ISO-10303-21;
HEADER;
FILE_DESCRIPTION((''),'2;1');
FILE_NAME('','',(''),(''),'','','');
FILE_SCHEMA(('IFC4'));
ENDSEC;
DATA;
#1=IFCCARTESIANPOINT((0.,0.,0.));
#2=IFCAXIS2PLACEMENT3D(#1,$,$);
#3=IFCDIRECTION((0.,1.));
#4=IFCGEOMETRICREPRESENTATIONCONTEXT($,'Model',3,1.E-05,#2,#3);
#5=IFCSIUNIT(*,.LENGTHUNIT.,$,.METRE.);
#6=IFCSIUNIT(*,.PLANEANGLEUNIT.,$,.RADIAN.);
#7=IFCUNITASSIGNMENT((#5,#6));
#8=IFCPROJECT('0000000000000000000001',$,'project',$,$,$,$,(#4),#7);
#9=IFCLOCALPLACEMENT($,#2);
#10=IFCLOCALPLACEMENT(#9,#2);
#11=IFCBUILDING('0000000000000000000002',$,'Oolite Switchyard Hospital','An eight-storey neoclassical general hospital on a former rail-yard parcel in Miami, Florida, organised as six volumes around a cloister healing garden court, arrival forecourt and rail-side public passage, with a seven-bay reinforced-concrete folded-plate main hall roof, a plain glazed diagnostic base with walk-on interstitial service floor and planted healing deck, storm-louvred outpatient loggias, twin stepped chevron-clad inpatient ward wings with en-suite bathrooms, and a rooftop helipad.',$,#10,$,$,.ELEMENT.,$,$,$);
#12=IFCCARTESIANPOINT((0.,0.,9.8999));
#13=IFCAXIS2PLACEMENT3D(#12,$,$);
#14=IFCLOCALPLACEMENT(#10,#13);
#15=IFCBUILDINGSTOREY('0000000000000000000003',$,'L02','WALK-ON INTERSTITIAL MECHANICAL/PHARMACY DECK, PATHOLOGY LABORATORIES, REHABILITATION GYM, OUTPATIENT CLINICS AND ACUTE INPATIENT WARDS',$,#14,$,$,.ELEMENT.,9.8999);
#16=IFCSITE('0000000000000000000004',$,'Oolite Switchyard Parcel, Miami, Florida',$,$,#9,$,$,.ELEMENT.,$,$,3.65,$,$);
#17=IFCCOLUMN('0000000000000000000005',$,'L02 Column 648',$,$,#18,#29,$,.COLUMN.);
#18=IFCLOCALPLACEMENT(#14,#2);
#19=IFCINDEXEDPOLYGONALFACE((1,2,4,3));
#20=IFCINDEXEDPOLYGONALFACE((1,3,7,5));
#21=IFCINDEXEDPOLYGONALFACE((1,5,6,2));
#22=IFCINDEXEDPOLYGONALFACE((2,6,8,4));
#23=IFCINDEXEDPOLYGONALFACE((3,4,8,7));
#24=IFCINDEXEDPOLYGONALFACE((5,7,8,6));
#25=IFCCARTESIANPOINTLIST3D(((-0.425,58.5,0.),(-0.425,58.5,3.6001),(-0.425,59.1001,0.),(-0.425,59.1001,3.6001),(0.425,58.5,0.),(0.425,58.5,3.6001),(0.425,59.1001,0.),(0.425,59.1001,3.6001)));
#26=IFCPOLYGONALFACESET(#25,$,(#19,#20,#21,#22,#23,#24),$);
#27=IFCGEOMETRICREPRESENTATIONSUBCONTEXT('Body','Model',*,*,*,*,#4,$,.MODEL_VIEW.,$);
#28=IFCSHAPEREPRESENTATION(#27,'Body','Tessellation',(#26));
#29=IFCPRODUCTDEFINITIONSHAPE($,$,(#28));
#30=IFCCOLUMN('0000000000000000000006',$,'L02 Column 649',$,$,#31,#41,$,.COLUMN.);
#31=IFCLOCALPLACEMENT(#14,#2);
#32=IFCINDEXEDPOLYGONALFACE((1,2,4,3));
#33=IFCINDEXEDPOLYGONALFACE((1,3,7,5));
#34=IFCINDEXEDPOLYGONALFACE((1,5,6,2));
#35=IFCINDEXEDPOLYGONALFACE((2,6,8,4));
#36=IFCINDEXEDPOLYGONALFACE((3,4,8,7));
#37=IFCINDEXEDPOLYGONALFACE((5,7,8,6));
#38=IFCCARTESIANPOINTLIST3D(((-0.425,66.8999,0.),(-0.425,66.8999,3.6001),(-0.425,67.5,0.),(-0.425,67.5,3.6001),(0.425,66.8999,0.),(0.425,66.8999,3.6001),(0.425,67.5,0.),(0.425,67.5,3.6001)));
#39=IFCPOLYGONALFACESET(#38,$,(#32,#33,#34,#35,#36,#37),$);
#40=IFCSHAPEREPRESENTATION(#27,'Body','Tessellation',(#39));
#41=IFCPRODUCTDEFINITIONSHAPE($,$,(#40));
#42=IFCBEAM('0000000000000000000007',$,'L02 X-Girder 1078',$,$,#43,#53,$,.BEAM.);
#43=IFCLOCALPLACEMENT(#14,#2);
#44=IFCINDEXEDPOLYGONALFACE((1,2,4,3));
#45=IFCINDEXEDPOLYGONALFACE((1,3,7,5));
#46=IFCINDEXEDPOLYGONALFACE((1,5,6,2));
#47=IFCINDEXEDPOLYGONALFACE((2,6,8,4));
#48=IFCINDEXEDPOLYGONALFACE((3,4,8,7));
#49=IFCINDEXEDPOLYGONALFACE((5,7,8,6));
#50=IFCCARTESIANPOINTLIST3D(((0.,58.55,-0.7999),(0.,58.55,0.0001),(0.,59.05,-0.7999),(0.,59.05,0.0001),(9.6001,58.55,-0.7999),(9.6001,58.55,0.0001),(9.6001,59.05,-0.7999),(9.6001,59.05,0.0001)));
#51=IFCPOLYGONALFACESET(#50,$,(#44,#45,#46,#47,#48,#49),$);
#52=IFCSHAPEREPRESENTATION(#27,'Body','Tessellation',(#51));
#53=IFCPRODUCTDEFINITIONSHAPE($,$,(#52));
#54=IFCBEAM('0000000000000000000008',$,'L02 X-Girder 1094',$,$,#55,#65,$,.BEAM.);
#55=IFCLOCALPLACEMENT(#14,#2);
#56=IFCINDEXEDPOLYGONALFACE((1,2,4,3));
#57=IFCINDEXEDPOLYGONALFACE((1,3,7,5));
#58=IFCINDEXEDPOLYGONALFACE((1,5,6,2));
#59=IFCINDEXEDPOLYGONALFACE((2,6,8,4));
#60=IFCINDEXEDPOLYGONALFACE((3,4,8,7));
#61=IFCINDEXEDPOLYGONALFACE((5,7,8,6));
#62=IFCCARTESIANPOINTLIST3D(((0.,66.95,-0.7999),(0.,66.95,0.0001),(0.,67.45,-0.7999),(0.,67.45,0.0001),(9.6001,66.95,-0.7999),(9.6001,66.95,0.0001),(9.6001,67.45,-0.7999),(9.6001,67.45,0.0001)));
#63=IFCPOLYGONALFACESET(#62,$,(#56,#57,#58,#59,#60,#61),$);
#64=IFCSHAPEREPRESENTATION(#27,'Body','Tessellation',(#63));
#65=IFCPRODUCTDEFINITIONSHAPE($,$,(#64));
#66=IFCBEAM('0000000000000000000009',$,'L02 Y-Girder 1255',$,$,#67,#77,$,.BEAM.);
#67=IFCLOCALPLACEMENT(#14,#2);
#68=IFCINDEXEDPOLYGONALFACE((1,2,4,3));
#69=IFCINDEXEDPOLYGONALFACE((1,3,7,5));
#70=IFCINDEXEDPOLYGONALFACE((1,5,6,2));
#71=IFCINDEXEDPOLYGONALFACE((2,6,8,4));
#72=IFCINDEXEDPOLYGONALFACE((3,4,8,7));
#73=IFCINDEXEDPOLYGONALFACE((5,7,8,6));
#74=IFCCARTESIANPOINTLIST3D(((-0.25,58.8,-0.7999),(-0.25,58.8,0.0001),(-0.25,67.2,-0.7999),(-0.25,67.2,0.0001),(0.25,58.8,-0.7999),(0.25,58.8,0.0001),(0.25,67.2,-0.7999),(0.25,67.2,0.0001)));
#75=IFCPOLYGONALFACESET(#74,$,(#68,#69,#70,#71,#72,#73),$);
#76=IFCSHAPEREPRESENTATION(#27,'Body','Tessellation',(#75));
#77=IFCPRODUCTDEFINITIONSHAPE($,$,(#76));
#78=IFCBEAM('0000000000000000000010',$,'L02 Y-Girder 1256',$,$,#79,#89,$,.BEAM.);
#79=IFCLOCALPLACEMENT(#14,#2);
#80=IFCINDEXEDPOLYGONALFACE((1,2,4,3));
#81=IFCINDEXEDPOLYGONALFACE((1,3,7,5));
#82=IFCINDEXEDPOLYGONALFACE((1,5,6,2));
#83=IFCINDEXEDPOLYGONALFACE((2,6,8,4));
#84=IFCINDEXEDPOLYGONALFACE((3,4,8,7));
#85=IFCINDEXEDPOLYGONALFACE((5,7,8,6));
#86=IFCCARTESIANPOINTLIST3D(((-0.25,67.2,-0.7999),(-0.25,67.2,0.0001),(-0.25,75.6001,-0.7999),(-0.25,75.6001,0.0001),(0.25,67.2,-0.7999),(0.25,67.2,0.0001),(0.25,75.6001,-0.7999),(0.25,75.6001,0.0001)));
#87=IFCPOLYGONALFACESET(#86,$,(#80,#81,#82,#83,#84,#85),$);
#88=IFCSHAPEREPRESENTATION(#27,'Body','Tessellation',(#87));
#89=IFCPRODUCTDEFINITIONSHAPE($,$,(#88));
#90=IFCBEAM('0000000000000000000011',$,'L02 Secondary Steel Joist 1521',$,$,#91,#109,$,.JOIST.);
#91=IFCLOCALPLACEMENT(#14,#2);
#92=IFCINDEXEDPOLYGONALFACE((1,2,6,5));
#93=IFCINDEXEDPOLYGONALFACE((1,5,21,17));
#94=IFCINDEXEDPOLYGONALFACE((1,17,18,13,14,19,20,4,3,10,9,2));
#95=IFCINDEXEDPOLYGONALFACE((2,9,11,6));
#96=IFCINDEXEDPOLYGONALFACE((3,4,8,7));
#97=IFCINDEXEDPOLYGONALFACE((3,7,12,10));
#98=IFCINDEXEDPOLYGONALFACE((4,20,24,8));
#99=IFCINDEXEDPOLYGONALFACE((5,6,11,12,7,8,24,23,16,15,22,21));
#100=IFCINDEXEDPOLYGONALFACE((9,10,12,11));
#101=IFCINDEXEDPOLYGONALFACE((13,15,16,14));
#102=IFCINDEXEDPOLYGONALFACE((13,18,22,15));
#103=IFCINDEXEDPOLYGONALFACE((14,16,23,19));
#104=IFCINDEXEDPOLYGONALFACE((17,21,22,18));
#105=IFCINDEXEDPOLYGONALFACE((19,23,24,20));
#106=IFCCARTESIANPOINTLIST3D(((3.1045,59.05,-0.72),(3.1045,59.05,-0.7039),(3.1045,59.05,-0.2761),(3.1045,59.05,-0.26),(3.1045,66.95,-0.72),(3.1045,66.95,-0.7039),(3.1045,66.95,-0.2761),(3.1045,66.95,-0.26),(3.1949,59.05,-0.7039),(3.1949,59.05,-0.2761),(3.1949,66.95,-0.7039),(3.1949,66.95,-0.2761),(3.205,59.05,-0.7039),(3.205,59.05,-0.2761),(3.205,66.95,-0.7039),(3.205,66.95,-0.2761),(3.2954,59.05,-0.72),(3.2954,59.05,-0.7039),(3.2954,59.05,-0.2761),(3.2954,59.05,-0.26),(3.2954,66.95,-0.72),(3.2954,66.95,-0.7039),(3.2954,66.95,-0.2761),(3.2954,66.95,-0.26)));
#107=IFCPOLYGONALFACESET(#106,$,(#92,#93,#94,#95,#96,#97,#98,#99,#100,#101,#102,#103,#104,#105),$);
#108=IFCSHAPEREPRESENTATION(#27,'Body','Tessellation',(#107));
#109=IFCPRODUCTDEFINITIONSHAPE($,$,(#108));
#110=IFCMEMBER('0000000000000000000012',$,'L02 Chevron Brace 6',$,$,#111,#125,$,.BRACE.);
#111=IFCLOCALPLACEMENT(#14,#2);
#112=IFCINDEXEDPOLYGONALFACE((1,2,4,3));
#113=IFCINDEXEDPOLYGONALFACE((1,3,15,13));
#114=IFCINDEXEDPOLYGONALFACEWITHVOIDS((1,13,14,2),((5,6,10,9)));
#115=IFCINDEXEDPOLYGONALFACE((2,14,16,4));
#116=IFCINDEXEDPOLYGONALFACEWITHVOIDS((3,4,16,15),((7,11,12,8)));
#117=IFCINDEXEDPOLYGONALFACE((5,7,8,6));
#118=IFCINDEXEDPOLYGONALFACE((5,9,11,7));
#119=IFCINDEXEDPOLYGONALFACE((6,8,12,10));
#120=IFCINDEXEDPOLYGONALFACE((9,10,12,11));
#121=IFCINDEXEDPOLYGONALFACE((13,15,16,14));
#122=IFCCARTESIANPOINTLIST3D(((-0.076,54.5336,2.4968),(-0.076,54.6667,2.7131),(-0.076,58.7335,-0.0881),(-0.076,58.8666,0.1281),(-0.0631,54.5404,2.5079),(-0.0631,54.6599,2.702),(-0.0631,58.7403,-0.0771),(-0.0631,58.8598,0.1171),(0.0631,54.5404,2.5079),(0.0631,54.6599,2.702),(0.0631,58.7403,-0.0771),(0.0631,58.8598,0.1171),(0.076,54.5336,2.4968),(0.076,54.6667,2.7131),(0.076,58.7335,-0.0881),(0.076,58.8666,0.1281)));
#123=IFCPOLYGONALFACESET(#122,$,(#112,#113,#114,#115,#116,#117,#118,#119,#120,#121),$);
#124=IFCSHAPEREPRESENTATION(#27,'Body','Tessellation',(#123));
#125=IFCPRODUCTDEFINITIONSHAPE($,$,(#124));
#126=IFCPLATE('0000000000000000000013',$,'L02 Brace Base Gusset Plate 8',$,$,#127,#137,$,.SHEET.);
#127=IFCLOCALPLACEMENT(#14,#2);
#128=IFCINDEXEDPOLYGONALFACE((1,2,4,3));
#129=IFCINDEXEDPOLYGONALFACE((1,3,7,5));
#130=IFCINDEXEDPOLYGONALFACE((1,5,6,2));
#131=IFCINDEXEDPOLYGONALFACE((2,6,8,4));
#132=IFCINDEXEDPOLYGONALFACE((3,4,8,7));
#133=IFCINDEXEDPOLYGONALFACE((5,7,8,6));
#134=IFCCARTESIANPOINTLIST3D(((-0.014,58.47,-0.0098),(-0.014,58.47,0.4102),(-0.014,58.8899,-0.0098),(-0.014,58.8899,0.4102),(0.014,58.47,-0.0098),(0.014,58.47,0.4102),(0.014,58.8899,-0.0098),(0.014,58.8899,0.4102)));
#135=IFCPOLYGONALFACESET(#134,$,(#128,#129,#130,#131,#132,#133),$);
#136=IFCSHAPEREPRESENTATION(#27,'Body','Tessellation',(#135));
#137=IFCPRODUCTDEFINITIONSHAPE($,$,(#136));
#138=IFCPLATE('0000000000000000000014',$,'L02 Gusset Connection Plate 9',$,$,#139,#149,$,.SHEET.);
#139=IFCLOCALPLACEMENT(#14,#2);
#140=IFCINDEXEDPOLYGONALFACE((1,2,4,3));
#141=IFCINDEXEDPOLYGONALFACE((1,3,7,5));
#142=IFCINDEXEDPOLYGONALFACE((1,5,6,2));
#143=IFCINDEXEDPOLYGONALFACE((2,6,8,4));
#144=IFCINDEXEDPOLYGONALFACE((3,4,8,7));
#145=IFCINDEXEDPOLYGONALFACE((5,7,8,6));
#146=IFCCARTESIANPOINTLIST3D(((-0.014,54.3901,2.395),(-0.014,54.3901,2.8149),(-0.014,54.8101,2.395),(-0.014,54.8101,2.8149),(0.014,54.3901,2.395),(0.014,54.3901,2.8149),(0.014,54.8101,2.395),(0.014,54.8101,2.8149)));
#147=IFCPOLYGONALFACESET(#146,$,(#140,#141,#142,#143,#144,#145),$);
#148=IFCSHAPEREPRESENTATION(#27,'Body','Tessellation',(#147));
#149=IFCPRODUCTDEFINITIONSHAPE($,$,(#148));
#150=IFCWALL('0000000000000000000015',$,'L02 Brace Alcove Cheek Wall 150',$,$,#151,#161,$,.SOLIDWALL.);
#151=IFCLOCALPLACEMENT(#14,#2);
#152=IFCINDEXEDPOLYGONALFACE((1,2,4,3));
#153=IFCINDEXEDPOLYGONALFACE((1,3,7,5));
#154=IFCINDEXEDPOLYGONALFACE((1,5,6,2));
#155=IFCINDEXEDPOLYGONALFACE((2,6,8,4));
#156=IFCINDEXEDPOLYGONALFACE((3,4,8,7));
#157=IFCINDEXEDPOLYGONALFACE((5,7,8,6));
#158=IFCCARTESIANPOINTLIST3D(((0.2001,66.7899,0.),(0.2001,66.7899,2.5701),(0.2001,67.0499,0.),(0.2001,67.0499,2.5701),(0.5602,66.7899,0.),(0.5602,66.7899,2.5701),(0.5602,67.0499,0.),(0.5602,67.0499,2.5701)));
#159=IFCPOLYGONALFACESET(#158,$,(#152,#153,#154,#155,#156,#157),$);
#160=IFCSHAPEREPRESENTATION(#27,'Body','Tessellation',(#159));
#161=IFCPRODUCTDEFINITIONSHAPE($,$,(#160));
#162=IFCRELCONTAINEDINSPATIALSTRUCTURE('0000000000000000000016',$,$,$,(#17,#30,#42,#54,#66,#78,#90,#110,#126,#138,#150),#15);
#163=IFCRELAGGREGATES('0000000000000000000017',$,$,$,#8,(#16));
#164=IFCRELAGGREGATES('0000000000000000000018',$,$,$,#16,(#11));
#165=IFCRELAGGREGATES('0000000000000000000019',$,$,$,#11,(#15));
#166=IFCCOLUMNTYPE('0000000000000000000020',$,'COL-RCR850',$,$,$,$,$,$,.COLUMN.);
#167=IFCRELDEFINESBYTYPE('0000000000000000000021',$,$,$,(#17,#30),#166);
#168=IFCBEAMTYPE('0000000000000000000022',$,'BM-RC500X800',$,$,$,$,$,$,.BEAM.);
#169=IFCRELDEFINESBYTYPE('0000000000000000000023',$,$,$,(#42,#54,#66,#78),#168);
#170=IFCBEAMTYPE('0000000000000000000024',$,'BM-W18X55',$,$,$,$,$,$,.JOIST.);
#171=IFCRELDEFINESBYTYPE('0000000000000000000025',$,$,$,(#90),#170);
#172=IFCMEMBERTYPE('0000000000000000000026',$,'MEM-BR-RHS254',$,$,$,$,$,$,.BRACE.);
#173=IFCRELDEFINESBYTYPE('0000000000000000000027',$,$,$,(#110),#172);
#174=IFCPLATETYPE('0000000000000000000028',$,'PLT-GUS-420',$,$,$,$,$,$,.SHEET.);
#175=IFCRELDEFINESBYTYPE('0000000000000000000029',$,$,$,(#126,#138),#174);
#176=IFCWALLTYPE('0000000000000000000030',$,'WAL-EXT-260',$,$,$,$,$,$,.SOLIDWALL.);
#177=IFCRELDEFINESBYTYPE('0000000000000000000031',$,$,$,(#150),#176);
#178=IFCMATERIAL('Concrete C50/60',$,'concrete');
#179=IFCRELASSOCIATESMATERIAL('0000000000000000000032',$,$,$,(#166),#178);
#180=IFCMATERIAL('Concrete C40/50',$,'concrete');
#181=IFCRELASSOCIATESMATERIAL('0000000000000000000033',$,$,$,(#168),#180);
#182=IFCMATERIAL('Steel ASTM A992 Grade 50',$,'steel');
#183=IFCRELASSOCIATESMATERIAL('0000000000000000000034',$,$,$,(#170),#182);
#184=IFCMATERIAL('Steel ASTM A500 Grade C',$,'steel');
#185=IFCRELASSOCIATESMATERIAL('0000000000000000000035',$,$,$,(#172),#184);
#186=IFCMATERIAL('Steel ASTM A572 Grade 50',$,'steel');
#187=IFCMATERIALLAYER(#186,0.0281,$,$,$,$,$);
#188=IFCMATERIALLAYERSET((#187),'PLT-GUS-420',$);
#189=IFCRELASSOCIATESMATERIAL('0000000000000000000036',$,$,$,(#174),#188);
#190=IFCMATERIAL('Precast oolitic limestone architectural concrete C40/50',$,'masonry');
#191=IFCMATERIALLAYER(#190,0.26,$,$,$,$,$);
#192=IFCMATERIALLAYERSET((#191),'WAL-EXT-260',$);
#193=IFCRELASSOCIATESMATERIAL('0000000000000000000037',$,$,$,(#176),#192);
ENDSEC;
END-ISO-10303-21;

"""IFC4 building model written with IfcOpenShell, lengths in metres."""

from ifc_helpers import new_model, si_unit, direction, frame, frame_2d, origin, origin_2d, place, context, subcontext, project, spatial, rectangle, hollow_rectangle, i_section, extrude, material, layer, layer_set, material_profile, profile_set, type_object, element, save


model = new_model("IFC4")

# Units and contexts
model_context = context("Model", 3, precision=1e-05, world=origin(), true_north=direction((0.0, 1.0)))
body_context = subcontext(model_context, "Body", "Model", "MODEL_VIEW")
ifc_project = project(units=[si_unit("LENGTHUNIT", "METRE"), si_unit("PLANEANGLEUNIT", "RADIAN")], contexts=[model_context])

# Site, building, storey
site_placement = place(None, origin())
site = spatial("IfcSite", under=ifc_project, at=site_placement, Name="Oolite Switchyard Parcel, Miami, Florida", CompositionType="ELEMENT", RefElevation=3.65)
building_placement = place(site_placement, origin())
building = spatial("IfcBuilding", under=site, at=building_placement, Name="Oolite Switchyard Hospital", Description="An eight-storey neoclassical general hospital on a former rail-yard parcel in Miami, Florida, organised as six volumes around a cloister healing garden court, arrival forecourt and rail-side public passage, with a seven-bay reinforced-concrete folded-plate main hall roof, a plain glazed diagnostic base with walk-on interstitial service floor and planted healing deck, storm-louvred outpatient loggias, twin stepped chevron-clad inpatient ward wings with en-suite bathrooms, and a rooftop helipad.", CompositionType="ELEMENT")
storey_placement = place(building_placement, frame((0.0, 0.0, 9.8999)))
storey = spatial("IfcBuildingStorey", under=building, at=storey_placement, Name="L02", Description="WALK-ON INTERSTITIAL MECHANICAL/PHARMACY DECK, PATHOLOGY LABORATORIES, REHABILITATION GYM, OUTPATIENT CLINICS AND ACUTE INPATIENT WARDS", CompositionType="ELEMENT", Elevation=9.8999)

# Columns
ifc_material_1 = material(Name="Concrete C50/60", Category="concrete")
ifc_material_profile_1 = material_profile(ifc_material_1, rectangle(XDim=0.8501, YDim=0.6001, at=origin_2d()), Name="RC850X600")
ifc_profile_set_1 = profile_set([ifc_material_profile_1], Name="Concrete C50/60")
column_type = type_object("IfcColumnType", Name="COL-RCR850", PredefinedType="COLUMN", material=ifc_profile_set_1)
for number, where, z_axis, x_axis, name in (
    (1, (0.0, 58.8, 0.0), (0.0, 0.0, 1.0), (1.0, 0.0, 0.0), "L02 Column 648"),
    (2, (0.0, 67.2, 0.0), (0.0, 0.0, 1.0), (1.0, 0.0, 0.0), "L02 Column 649"),
):
    element("IfcColumn", number, at=place(storey_placement, frame(where, z_axis=z_axis, x_axis=x_axis)), inside=storey, type_object=column_type, Name=name, PredefinedType="COLUMN", context=body_context, shape_type="SweptSolid", body=[
        extrude(rectangle(XDim=0.8501, YDim=0.6001, at=origin_2d()), origin(), (0.0, 0.0, 1.0), 3.6001),
    ])

# Beams
ifc_material_2 = material(Name="Concrete C40/50", Category="concrete")
ifc_material_profile_2 = material_profile(ifc_material_2, rectangle(XDim=0.5, YDim=0.8, at=origin_2d()), Name="RCB500X800")
ifc_profile_set_2 = profile_set([ifc_material_profile_2], Name="Concrete C40/50")
beam_type_1 = type_object("IfcBeamType", Name="BM-RC500X800", PredefinedType="BEAM", material=ifc_profile_set_2)
for number, where, z_axis, x_axis, name in (
    (3, (0.0, 58.8, -0.3999), (1.0, 0.0, 0.0), (0.0, 1.0, 0.0), "L02 X-Girder 1078"),
    (4, (0.0, 67.2, -0.3999), (1.0, 0.0, 0.0), (0.0, 1.0, 0.0), "L02 X-Girder 1094"),
):
    element("IfcBeam", number, at=place(storey_placement, frame(where, z_axis=z_axis, x_axis=x_axis)), inside=storey, type_object=beam_type_1, Name=name, PredefinedType="BEAM", context=body_context, shape_type="SweptSolid", body=[
        extrude(rectangle(XDim=0.5, YDim=0.8, at=origin_2d()), origin(), (0.0, 0.0, 1.0), 9.6001),
    ])
beam_1_placement = place(storey_placement, frame((0.0, 58.8, -0.3999), z_axis=(0.0, 1.0, 0.0), x_axis=(-1.0, 0.0, 0.0)))
element("IfcBeam", 5, at=beam_1_placement, inside=storey, type_object=beam_type_1, Name="L02 Y-Girder 1255", PredefinedType="BEAM", context=body_context, shape_type="SweptSolid", body=[
    extrude(rectangle(XDim=0.5, YDim=0.8, at=origin_2d()), origin(), (0.0, 0.0, 1.0), 8.3999),
])
beam_2_placement = place(storey_placement, frame((0.0, 67.2, -0.3999), z_axis=(0.0, 1.0, 0.0), x_axis=(-1.0, 0.0, 0.0)))
element("IfcBeam", 6, at=beam_2_placement, inside=storey, type_object=beam_type_1, Name="L02 Y-Girder 1256", PredefinedType="BEAM", context=body_context, shape_type="SweptSolid", body=[
    extrude(rectangle(XDim=0.5, YDim=0.8, at=origin_2d()), origin(), (0.0, 0.0, 1.0), 8.4001),
])
ifc_material_3 = material(Name="Steel ASTM A992 Grade 50", Category="steel")
ifc_material_profile_3 = material_profile(ifc_material_3, i_section(OverallWidth=0.1909, OverallDepth=0.46, WebThickness=0.01, FlangeThickness=0.0161, at=origin_2d()), Name="W18X55")
ifc_profile_set_3 = profile_set([ifc_material_profile_3], Name="Steel ASTM A992 Grade 50")
beam_type_2 = type_object("IfcBeamType", Name="BM-W18X55", PredefinedType="JOIST", material=ifc_profile_set_3)
beam_3_placement = place(storey_placement, frame((3.2, 59.05, -0.49), z_axis=(0.0, 1.0, 0.0), x_axis=(-1.0, 0.0, 0.0)))
element("IfcBeam", 7, at=beam_3_placement, inside=storey, type_object=beam_type_2, Name="L02 Secondary Steel Joist 1521", PredefinedType="JOIST", context=body_context, shape_type="SweptSolid", body=[
    extrude(i_section(OverallWidth=0.1909, OverallDepth=0.46, WebThickness=0.01, FlangeThickness=0.0161, at=origin_2d()), origin(), (0.0, 0.0, 1.0), 7.8999),
])

# Member
ifc_material_4 = material(Name="Steel ASTM A500 Grade C", Category="steel")
ifc_material_profile_4 = material_profile(ifc_material_4, hollow_rectangle(XDim=0.1521, YDim=0.2539, WallThickness=0.0129, at=origin_2d()), Name="HSS254X152X13")
ifc_profile_set_4 = profile_set([ifc_material_profile_4], Name="Steel ASTM A500 Grade C")
member_type = type_object("IfcMemberType", Name="MEM-BR-RHS254", PredefinedType="BRACE", material=ifc_profile_set_4)
member_placement = place(storey_placement, frame((0.0, 58.8, 0.02), z_axis=(0.0, -0.851624, 0.524153), x_axis=(1.0, 0.0, 0.0)))
element("IfcMember", 8, at=member_placement, inside=storey, type_object=member_type, Name="L02 Chevron Brace 6", PredefinedType="BRACE", context=body_context, shape_type="SweptSolid", body=[
    extrude(hollow_rectangle(XDim=0.1521, YDim=0.2539, WallThickness=0.0129, at=origin_2d()), origin(), (0.0, 0.0, 1.0), 4.9316),
])

# Plates
ifc_material_5 = material(Name="Steel ASTM A572 Grade 50", Category="steel")
ifc_layer_1 = layer(ifc_material_5, 0.0281)
ifc_layer_set_1 = layer_set([ifc_layer_1], Name="PLT-GUS-420")
plate_type = type_object("IfcPlateType", Name="PLT-GUS-420", PredefinedType="SHEET", material=ifc_layer_set_1)
for number, where, z_axis, x_axis, name in (
    (9, (0.0, 58.6799, -0.0098), (0.0, 0.0, 1.0), (0.0, 1.0, 0.0), "L02 Brace Base Gusset Plate 8"),
    (10, (0.0, 54.6001, 2.395), (0.0, 0.0, 1.0), (0.0, 1.0, 0.0), "L02 Gusset Connection Plate 9"),
):
    element("IfcPlate", number, at=place(storey_placement, frame(where, z_axis=z_axis, x_axis=x_axis)), inside=storey, type_object=plate_type, Name=name, PredefinedType="SHEET", context=body_context, shape_type="SweptSolid", body=[
        extrude(rectangle(XDim=0.4199, YDim=0.0281, at=origin_2d()), origin(), (0.0, 0.0, 1.0), 0.4199),
    ])

# Wall
ifc_material_6 = material(Name="Precast oolitic limestone architectural concrete C40/50", Category="masonry")
ifc_layer_2 = layer(ifc_material_6, 0.26)
ifc_layer_set_2 = layer_set([ifc_layer_2], Name="WAL-EXT-260")
wall_type_1 = type_object("IfcWallType", Name="WAL-EXT-260", PredefinedType="SOLIDWALL", material=ifc_layer_set_2)
wall_1_placement = place(storey_placement, frame((0.2, 66.9199, 0.0), z_axis=(0.0, 0.0, 1.0), x_axis=(1.0, 0.0, 0.0)))
element("IfcWall", 11, at=wall_1_placement, inside=storey, type_object=wall_type_1, Name="L02 Brace Alcove Cheek Wall 150", PredefinedType="SOLIDWALL", context=body_context, shape_type="SweptSolid", body=[
    extrude(rectangle(XDim=0.3601, YDim=0.26, at=frame_2d((0.1802, 0.0))), origin(), (0.0, 0.0, 1.0), 2.5701),
])

save(model, "model.ifc")
